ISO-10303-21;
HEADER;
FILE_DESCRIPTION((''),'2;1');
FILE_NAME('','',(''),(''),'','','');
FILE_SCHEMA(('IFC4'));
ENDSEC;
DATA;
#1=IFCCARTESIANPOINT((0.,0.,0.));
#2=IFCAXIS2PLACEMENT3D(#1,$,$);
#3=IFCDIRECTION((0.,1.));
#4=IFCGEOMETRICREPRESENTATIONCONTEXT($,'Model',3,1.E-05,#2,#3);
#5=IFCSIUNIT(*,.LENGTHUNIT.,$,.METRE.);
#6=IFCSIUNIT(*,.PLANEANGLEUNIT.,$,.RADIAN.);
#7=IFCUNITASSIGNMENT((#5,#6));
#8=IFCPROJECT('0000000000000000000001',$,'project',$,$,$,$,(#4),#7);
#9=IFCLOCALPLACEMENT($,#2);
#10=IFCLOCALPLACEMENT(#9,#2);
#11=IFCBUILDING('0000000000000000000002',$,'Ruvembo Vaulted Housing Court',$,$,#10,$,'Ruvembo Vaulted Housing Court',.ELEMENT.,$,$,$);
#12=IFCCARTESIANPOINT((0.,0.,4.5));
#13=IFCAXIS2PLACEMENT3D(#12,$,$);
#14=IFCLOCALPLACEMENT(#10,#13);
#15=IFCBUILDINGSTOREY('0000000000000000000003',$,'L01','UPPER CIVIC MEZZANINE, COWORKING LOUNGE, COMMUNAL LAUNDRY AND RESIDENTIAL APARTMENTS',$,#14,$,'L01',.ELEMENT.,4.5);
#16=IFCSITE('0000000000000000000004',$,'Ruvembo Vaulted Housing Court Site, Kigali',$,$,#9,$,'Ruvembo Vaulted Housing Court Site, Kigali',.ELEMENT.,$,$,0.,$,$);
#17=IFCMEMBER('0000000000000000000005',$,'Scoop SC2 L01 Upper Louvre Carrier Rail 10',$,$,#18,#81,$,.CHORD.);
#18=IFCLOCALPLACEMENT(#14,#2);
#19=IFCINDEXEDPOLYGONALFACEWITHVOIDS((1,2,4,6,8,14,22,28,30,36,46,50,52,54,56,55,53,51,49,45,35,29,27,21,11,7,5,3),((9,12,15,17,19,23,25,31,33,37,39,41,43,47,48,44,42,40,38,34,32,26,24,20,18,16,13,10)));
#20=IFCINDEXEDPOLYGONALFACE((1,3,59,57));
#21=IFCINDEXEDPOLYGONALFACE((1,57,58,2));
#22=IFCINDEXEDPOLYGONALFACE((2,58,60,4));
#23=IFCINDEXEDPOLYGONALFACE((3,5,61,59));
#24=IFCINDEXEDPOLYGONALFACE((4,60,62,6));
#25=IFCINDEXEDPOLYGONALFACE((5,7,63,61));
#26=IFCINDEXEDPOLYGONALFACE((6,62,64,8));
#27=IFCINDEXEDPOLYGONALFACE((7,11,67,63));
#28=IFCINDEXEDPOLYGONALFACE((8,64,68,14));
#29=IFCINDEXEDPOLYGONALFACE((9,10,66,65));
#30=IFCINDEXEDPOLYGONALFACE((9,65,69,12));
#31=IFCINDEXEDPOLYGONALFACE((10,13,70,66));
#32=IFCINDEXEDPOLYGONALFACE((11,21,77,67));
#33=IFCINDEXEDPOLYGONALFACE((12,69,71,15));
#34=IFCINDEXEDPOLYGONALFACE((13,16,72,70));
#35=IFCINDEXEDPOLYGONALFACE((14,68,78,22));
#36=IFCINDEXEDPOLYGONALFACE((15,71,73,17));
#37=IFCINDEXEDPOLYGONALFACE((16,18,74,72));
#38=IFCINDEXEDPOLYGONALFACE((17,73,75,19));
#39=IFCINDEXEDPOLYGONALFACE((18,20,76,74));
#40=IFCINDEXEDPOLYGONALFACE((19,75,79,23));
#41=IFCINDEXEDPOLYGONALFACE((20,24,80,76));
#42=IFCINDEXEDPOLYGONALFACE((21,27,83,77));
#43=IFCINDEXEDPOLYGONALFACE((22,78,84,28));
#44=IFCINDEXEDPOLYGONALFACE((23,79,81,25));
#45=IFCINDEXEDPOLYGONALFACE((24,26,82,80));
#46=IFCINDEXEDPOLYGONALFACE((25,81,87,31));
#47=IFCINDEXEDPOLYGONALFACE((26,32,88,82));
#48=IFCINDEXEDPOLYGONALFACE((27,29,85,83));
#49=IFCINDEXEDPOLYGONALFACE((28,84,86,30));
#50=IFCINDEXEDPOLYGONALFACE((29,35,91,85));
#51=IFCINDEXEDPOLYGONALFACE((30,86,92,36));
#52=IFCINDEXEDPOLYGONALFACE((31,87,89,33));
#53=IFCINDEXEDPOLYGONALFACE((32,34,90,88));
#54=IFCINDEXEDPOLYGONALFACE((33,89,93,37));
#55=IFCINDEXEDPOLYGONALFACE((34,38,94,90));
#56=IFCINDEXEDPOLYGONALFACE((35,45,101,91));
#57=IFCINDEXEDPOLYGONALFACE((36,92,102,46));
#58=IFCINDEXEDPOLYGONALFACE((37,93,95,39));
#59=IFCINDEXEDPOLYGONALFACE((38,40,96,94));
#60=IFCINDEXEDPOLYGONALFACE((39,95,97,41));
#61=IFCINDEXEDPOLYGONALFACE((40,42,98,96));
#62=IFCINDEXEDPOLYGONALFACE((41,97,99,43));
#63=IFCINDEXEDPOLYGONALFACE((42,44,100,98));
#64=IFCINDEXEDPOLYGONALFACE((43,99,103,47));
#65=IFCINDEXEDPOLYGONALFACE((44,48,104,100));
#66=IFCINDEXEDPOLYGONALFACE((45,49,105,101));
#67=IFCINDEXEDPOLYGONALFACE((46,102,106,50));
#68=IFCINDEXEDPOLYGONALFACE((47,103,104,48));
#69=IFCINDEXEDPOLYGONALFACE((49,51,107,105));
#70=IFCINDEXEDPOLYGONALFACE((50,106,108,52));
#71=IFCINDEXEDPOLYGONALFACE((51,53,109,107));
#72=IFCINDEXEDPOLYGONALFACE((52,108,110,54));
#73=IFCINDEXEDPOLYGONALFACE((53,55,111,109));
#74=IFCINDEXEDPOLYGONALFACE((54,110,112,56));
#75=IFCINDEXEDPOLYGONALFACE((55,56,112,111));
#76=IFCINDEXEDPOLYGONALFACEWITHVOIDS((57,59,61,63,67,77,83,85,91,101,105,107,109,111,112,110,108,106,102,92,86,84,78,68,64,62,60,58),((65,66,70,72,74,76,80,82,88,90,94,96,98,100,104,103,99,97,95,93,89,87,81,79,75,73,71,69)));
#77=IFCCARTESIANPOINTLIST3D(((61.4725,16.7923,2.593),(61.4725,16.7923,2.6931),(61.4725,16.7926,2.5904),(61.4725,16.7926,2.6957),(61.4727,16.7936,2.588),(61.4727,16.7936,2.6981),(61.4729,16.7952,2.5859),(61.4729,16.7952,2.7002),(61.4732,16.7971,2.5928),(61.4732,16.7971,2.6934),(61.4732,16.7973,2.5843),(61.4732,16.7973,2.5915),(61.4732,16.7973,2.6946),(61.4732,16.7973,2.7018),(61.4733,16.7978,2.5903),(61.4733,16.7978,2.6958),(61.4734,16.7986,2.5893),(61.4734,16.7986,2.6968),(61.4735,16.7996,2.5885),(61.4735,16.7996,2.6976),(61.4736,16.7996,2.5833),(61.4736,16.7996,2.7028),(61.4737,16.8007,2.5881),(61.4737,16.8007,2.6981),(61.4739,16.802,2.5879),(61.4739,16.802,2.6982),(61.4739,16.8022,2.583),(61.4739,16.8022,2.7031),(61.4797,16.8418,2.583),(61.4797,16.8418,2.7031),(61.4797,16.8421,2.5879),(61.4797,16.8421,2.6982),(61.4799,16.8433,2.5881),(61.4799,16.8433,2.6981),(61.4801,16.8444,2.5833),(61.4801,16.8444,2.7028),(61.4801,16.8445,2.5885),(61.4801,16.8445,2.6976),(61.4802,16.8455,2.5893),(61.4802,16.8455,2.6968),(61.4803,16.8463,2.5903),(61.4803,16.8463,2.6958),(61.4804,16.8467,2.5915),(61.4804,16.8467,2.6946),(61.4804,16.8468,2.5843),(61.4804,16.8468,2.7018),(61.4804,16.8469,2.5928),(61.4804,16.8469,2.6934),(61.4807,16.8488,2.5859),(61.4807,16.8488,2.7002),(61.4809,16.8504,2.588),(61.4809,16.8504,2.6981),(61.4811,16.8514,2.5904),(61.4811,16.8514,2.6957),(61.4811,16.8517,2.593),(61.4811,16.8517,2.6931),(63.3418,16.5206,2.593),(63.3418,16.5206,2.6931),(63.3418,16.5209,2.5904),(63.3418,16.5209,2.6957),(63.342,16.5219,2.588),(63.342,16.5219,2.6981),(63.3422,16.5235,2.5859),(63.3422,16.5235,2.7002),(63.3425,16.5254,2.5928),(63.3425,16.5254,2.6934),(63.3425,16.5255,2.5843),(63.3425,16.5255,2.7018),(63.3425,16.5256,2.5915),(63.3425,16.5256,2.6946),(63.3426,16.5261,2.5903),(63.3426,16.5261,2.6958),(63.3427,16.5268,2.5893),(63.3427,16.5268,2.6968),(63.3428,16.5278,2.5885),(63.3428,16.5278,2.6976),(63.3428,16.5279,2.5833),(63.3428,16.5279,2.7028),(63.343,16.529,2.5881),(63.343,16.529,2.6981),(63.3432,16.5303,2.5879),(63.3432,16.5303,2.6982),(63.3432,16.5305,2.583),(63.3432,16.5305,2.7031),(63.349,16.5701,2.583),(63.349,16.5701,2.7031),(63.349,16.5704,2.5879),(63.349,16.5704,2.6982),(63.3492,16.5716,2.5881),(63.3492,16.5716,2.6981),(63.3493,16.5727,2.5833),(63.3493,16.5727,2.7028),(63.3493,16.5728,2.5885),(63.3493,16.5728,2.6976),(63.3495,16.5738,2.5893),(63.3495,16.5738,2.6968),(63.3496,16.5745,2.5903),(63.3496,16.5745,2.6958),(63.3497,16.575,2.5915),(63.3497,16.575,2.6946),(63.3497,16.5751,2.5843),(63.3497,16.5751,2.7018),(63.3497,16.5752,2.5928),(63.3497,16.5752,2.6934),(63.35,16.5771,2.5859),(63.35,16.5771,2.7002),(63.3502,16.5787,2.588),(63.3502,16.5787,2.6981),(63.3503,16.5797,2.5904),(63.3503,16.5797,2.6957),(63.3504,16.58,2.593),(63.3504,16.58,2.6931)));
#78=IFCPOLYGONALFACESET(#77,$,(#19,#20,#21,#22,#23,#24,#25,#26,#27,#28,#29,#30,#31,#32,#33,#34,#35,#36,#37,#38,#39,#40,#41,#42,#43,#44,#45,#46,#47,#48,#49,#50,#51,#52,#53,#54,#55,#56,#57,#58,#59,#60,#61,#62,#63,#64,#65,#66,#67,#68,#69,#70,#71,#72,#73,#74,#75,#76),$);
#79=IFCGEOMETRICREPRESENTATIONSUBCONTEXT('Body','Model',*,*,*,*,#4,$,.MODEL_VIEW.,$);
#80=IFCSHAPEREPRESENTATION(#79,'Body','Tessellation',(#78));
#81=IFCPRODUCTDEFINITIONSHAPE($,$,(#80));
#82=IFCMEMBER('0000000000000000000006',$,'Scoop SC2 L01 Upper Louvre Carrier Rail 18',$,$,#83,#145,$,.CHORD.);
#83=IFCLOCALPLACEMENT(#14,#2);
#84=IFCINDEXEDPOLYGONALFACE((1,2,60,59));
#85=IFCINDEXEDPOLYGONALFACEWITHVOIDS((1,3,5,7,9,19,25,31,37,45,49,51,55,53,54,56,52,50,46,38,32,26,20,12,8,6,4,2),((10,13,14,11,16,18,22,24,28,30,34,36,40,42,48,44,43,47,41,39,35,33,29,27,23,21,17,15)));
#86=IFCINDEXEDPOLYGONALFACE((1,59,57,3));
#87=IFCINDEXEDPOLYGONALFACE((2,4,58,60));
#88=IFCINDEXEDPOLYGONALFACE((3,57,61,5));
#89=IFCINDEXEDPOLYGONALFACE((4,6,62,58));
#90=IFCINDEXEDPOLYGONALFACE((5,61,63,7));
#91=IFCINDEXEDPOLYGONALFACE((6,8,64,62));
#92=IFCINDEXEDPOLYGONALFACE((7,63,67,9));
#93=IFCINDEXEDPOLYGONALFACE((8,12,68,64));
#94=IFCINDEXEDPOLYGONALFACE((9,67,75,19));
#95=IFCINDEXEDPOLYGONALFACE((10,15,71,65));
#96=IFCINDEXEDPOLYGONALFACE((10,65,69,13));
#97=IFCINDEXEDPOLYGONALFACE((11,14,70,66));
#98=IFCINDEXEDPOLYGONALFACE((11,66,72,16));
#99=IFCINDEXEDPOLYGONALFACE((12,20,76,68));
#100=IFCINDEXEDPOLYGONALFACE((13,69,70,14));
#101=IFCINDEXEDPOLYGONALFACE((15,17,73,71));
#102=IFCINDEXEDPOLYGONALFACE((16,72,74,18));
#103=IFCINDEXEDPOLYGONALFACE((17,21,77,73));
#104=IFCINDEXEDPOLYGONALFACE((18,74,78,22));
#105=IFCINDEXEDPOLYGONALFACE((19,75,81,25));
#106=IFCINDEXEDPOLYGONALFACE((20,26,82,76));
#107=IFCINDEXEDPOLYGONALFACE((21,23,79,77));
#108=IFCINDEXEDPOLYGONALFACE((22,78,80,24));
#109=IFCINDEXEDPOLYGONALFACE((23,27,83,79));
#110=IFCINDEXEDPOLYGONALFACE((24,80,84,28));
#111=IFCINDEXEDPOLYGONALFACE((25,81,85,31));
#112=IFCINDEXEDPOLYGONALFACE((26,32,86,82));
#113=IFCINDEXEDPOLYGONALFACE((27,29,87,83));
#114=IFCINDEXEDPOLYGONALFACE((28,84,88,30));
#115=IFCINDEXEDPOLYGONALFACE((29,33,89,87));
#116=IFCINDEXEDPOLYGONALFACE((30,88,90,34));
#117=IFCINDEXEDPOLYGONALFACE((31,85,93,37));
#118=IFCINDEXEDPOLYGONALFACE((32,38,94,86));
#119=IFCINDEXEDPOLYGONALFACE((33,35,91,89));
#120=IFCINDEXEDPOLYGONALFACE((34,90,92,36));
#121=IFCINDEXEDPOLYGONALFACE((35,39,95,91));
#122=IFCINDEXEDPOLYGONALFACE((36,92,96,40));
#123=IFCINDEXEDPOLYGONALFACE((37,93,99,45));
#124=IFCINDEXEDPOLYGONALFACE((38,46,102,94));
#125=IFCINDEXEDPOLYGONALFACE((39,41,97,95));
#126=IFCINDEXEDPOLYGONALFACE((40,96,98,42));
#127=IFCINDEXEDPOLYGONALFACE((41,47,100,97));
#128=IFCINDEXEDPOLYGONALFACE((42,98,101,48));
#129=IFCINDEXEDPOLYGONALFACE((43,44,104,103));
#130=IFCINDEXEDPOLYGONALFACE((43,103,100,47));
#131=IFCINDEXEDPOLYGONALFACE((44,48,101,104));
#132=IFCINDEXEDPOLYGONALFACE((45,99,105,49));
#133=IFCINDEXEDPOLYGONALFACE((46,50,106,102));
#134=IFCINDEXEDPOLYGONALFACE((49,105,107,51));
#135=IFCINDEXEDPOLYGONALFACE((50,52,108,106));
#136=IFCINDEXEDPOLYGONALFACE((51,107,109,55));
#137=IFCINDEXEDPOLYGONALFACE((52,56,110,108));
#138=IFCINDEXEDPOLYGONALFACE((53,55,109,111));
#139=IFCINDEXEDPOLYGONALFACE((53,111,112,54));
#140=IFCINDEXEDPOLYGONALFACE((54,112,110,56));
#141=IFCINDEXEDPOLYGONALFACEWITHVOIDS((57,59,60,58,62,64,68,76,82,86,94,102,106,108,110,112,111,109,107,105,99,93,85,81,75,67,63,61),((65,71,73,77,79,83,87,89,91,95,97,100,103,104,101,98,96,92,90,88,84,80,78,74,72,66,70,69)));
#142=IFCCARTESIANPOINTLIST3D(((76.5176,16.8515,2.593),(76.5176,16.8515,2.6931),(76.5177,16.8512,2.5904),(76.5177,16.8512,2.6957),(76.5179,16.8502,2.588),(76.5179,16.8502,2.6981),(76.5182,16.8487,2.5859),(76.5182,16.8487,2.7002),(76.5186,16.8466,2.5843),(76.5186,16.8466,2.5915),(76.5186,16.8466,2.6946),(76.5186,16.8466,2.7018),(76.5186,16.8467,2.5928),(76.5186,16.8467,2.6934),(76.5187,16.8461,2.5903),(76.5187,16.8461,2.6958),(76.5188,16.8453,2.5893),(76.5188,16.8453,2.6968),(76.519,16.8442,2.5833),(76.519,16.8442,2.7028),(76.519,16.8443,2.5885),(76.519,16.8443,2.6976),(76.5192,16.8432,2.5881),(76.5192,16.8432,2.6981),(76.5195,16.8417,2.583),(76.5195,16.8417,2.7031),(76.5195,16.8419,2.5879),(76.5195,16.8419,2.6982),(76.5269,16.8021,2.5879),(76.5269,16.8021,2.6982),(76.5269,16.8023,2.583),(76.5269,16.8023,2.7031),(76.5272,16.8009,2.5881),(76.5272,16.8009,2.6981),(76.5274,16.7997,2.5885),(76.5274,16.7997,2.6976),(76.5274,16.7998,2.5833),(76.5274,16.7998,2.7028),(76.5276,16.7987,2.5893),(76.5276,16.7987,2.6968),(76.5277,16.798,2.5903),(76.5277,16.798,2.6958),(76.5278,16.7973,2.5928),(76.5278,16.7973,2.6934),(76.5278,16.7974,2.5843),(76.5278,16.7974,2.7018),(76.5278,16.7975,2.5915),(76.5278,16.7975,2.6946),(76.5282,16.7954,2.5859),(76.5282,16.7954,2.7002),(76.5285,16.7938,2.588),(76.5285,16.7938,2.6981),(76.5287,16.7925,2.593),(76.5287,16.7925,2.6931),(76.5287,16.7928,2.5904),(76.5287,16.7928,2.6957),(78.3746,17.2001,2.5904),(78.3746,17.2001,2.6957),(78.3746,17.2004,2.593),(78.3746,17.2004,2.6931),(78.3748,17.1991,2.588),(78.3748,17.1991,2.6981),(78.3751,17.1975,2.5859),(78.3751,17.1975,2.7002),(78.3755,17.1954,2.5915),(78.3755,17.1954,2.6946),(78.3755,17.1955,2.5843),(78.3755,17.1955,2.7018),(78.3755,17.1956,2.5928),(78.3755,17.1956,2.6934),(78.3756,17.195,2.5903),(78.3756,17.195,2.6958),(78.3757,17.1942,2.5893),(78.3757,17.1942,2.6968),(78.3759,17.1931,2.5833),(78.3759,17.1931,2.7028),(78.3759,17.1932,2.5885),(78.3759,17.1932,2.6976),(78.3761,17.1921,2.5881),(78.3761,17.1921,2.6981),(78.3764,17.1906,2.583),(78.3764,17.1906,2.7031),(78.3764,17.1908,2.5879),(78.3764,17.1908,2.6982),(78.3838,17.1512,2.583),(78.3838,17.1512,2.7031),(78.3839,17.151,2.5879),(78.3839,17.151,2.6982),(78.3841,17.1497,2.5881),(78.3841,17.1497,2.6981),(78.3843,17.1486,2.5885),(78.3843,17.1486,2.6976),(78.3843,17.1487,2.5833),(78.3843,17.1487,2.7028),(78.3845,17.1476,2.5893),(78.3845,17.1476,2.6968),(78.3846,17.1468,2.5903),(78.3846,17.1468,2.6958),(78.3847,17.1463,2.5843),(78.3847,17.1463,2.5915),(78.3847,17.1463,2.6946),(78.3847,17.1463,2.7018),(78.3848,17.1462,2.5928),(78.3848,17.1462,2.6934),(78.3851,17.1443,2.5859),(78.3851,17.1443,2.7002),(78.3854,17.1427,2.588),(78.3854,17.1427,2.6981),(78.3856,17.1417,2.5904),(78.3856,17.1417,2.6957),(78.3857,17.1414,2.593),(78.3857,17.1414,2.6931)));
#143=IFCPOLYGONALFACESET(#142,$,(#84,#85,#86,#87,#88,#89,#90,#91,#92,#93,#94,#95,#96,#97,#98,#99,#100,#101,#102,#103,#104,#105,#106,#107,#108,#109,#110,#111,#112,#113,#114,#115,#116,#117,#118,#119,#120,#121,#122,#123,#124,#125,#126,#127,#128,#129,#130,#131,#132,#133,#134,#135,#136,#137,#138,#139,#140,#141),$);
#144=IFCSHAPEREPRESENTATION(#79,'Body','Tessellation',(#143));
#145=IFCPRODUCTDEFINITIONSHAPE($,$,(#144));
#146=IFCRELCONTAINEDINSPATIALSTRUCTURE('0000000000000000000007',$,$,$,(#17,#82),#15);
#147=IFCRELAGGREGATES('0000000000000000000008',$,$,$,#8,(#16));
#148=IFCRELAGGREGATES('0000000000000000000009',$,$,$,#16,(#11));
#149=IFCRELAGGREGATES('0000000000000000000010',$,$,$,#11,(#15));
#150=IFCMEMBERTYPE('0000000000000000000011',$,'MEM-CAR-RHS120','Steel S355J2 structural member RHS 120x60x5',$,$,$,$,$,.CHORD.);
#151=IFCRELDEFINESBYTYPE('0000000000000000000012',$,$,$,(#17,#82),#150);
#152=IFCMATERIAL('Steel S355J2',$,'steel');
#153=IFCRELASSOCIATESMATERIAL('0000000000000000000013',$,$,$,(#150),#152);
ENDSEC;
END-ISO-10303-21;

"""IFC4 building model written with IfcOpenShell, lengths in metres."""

from ifc_helpers import new_model, si_unit, direction, frame, origin, origin_2d, place, context, subcontext, project, spatial, hollow_rectangle, extrude, material, material_profile, profile_set, type_object, element, save


model = new_model("IFC4")

# Units and contexts
model_context = context("Model", 3, precision=1e-05, world=origin(), true_north=direction((0.0, 1.0)))
body_context = subcontext(model_context, "Body", "Model", "MODEL_VIEW")
ifc_project = project(units=[si_unit("LENGTHUNIT", "METRE"), si_unit("PLANEANGLEUNIT", "RADIAN")], contexts=[model_context])

# Site, building, storey
site_placement = place(None, origin())
site = spatial("IfcSite", under=ifc_project, at=site_placement, Name="Ruvembo Vaulted Housing Court Site, Kigali", LongName="Ruvembo Vaulted Housing Court Site, Kigali", CompositionType="ELEMENT", RefElevation=0.0)
building_placement = place(site_placement, origin())
building = spatial("IfcBuilding", under=site, at=building_placement, Name="Ruvembo Vaulted Housing Court", LongName="Ruvembo Vaulted Housing Court", CompositionType="ELEMENT")
storey_placement = place(building_placement, frame((0.0, 0.0, 4.5)))
storey = spatial("IfcBuildingStorey", under=building, at=storey_placement, Name="L01", Description="UPPER CIVIC MEZZANINE, COWORKING LOUNGE, COMMUNAL LAUNDRY AND RESIDENTIAL APARTMENTS", LongName="L01", CompositionType="ELEMENT", Elevation=4.5)

# Shared definitions
ifc_material_1 = material(Name="Steel S355J2", Category="steel")

# Members
ifc_material_profile_1 = material_profile(ifc_material_1, hollow_rectangle(XDim=0.0601, YDim=0.1201, WallThickness=0.0049, InnerFilletRadius=0.0049, OuterFilletRadius=0.01, at=origin_2d()), Name="RHS 120x60x5")
ifc_profile_set_1 = profile_set([ifc_material_profile_1], Name="Steel S355J2")
member_type_1 = type_object("IfcMemberType", Name="MEM-CAR-RHS120", Description="Steel S355J2 structural member RHS 120x60x5", PredefinedType="CHORD", material=ifc_profile_set_1)
member_1_placement = place(storey_placement, frame((61.4768, 16.822, 2.6431), z_axis=(0.9896, -0.143845, 0.0), x_axis=(0.143845, 0.9896, 0.0)))
element("IfcMember", 1, at=member_1_placement, inside=storey, type_object=member_type_1, Name="Scoop SC2 L01 Upper Louvre Carrier Rail 10", PredefinedType="CHORD", context=body_context, shape_type="SweptSolid", body=[
    extrude(hollow_rectangle(XDim=0.0601, YDim=0.1201, WallThickness=0.0049, InnerFilletRadius=0.0049, OuterFilletRadius=0.01, at=origin_2d()), origin(), (0.0, 0.0, 1.0), 1.8889),
])
member_2_placement = place(storey_placement, frame((76.5232, 16.822, 2.6431), z_axis=(0.982805, 0.184647, 0.0), x_axis=(-0.184647, 0.982805, 0.0)))
element("IfcMember", 2, at=member_2_placement, inside=storey, type_object=member_type_1, Name="Scoop SC2 L01 Upper Louvre Carrier Rail 18", PredefinedType="CHORD", context=body_context, shape_type="SweptSolid", body=[
    extrude(hollow_rectangle(XDim=0.0601, YDim=0.1201, WallThickness=0.0049, InnerFilletRadius=0.0049, OuterFilletRadius=0.01, at=origin_2d()), origin(), (0.0, 0.0, 1.0), 1.8894),
])

save(model, "model.ifc")
